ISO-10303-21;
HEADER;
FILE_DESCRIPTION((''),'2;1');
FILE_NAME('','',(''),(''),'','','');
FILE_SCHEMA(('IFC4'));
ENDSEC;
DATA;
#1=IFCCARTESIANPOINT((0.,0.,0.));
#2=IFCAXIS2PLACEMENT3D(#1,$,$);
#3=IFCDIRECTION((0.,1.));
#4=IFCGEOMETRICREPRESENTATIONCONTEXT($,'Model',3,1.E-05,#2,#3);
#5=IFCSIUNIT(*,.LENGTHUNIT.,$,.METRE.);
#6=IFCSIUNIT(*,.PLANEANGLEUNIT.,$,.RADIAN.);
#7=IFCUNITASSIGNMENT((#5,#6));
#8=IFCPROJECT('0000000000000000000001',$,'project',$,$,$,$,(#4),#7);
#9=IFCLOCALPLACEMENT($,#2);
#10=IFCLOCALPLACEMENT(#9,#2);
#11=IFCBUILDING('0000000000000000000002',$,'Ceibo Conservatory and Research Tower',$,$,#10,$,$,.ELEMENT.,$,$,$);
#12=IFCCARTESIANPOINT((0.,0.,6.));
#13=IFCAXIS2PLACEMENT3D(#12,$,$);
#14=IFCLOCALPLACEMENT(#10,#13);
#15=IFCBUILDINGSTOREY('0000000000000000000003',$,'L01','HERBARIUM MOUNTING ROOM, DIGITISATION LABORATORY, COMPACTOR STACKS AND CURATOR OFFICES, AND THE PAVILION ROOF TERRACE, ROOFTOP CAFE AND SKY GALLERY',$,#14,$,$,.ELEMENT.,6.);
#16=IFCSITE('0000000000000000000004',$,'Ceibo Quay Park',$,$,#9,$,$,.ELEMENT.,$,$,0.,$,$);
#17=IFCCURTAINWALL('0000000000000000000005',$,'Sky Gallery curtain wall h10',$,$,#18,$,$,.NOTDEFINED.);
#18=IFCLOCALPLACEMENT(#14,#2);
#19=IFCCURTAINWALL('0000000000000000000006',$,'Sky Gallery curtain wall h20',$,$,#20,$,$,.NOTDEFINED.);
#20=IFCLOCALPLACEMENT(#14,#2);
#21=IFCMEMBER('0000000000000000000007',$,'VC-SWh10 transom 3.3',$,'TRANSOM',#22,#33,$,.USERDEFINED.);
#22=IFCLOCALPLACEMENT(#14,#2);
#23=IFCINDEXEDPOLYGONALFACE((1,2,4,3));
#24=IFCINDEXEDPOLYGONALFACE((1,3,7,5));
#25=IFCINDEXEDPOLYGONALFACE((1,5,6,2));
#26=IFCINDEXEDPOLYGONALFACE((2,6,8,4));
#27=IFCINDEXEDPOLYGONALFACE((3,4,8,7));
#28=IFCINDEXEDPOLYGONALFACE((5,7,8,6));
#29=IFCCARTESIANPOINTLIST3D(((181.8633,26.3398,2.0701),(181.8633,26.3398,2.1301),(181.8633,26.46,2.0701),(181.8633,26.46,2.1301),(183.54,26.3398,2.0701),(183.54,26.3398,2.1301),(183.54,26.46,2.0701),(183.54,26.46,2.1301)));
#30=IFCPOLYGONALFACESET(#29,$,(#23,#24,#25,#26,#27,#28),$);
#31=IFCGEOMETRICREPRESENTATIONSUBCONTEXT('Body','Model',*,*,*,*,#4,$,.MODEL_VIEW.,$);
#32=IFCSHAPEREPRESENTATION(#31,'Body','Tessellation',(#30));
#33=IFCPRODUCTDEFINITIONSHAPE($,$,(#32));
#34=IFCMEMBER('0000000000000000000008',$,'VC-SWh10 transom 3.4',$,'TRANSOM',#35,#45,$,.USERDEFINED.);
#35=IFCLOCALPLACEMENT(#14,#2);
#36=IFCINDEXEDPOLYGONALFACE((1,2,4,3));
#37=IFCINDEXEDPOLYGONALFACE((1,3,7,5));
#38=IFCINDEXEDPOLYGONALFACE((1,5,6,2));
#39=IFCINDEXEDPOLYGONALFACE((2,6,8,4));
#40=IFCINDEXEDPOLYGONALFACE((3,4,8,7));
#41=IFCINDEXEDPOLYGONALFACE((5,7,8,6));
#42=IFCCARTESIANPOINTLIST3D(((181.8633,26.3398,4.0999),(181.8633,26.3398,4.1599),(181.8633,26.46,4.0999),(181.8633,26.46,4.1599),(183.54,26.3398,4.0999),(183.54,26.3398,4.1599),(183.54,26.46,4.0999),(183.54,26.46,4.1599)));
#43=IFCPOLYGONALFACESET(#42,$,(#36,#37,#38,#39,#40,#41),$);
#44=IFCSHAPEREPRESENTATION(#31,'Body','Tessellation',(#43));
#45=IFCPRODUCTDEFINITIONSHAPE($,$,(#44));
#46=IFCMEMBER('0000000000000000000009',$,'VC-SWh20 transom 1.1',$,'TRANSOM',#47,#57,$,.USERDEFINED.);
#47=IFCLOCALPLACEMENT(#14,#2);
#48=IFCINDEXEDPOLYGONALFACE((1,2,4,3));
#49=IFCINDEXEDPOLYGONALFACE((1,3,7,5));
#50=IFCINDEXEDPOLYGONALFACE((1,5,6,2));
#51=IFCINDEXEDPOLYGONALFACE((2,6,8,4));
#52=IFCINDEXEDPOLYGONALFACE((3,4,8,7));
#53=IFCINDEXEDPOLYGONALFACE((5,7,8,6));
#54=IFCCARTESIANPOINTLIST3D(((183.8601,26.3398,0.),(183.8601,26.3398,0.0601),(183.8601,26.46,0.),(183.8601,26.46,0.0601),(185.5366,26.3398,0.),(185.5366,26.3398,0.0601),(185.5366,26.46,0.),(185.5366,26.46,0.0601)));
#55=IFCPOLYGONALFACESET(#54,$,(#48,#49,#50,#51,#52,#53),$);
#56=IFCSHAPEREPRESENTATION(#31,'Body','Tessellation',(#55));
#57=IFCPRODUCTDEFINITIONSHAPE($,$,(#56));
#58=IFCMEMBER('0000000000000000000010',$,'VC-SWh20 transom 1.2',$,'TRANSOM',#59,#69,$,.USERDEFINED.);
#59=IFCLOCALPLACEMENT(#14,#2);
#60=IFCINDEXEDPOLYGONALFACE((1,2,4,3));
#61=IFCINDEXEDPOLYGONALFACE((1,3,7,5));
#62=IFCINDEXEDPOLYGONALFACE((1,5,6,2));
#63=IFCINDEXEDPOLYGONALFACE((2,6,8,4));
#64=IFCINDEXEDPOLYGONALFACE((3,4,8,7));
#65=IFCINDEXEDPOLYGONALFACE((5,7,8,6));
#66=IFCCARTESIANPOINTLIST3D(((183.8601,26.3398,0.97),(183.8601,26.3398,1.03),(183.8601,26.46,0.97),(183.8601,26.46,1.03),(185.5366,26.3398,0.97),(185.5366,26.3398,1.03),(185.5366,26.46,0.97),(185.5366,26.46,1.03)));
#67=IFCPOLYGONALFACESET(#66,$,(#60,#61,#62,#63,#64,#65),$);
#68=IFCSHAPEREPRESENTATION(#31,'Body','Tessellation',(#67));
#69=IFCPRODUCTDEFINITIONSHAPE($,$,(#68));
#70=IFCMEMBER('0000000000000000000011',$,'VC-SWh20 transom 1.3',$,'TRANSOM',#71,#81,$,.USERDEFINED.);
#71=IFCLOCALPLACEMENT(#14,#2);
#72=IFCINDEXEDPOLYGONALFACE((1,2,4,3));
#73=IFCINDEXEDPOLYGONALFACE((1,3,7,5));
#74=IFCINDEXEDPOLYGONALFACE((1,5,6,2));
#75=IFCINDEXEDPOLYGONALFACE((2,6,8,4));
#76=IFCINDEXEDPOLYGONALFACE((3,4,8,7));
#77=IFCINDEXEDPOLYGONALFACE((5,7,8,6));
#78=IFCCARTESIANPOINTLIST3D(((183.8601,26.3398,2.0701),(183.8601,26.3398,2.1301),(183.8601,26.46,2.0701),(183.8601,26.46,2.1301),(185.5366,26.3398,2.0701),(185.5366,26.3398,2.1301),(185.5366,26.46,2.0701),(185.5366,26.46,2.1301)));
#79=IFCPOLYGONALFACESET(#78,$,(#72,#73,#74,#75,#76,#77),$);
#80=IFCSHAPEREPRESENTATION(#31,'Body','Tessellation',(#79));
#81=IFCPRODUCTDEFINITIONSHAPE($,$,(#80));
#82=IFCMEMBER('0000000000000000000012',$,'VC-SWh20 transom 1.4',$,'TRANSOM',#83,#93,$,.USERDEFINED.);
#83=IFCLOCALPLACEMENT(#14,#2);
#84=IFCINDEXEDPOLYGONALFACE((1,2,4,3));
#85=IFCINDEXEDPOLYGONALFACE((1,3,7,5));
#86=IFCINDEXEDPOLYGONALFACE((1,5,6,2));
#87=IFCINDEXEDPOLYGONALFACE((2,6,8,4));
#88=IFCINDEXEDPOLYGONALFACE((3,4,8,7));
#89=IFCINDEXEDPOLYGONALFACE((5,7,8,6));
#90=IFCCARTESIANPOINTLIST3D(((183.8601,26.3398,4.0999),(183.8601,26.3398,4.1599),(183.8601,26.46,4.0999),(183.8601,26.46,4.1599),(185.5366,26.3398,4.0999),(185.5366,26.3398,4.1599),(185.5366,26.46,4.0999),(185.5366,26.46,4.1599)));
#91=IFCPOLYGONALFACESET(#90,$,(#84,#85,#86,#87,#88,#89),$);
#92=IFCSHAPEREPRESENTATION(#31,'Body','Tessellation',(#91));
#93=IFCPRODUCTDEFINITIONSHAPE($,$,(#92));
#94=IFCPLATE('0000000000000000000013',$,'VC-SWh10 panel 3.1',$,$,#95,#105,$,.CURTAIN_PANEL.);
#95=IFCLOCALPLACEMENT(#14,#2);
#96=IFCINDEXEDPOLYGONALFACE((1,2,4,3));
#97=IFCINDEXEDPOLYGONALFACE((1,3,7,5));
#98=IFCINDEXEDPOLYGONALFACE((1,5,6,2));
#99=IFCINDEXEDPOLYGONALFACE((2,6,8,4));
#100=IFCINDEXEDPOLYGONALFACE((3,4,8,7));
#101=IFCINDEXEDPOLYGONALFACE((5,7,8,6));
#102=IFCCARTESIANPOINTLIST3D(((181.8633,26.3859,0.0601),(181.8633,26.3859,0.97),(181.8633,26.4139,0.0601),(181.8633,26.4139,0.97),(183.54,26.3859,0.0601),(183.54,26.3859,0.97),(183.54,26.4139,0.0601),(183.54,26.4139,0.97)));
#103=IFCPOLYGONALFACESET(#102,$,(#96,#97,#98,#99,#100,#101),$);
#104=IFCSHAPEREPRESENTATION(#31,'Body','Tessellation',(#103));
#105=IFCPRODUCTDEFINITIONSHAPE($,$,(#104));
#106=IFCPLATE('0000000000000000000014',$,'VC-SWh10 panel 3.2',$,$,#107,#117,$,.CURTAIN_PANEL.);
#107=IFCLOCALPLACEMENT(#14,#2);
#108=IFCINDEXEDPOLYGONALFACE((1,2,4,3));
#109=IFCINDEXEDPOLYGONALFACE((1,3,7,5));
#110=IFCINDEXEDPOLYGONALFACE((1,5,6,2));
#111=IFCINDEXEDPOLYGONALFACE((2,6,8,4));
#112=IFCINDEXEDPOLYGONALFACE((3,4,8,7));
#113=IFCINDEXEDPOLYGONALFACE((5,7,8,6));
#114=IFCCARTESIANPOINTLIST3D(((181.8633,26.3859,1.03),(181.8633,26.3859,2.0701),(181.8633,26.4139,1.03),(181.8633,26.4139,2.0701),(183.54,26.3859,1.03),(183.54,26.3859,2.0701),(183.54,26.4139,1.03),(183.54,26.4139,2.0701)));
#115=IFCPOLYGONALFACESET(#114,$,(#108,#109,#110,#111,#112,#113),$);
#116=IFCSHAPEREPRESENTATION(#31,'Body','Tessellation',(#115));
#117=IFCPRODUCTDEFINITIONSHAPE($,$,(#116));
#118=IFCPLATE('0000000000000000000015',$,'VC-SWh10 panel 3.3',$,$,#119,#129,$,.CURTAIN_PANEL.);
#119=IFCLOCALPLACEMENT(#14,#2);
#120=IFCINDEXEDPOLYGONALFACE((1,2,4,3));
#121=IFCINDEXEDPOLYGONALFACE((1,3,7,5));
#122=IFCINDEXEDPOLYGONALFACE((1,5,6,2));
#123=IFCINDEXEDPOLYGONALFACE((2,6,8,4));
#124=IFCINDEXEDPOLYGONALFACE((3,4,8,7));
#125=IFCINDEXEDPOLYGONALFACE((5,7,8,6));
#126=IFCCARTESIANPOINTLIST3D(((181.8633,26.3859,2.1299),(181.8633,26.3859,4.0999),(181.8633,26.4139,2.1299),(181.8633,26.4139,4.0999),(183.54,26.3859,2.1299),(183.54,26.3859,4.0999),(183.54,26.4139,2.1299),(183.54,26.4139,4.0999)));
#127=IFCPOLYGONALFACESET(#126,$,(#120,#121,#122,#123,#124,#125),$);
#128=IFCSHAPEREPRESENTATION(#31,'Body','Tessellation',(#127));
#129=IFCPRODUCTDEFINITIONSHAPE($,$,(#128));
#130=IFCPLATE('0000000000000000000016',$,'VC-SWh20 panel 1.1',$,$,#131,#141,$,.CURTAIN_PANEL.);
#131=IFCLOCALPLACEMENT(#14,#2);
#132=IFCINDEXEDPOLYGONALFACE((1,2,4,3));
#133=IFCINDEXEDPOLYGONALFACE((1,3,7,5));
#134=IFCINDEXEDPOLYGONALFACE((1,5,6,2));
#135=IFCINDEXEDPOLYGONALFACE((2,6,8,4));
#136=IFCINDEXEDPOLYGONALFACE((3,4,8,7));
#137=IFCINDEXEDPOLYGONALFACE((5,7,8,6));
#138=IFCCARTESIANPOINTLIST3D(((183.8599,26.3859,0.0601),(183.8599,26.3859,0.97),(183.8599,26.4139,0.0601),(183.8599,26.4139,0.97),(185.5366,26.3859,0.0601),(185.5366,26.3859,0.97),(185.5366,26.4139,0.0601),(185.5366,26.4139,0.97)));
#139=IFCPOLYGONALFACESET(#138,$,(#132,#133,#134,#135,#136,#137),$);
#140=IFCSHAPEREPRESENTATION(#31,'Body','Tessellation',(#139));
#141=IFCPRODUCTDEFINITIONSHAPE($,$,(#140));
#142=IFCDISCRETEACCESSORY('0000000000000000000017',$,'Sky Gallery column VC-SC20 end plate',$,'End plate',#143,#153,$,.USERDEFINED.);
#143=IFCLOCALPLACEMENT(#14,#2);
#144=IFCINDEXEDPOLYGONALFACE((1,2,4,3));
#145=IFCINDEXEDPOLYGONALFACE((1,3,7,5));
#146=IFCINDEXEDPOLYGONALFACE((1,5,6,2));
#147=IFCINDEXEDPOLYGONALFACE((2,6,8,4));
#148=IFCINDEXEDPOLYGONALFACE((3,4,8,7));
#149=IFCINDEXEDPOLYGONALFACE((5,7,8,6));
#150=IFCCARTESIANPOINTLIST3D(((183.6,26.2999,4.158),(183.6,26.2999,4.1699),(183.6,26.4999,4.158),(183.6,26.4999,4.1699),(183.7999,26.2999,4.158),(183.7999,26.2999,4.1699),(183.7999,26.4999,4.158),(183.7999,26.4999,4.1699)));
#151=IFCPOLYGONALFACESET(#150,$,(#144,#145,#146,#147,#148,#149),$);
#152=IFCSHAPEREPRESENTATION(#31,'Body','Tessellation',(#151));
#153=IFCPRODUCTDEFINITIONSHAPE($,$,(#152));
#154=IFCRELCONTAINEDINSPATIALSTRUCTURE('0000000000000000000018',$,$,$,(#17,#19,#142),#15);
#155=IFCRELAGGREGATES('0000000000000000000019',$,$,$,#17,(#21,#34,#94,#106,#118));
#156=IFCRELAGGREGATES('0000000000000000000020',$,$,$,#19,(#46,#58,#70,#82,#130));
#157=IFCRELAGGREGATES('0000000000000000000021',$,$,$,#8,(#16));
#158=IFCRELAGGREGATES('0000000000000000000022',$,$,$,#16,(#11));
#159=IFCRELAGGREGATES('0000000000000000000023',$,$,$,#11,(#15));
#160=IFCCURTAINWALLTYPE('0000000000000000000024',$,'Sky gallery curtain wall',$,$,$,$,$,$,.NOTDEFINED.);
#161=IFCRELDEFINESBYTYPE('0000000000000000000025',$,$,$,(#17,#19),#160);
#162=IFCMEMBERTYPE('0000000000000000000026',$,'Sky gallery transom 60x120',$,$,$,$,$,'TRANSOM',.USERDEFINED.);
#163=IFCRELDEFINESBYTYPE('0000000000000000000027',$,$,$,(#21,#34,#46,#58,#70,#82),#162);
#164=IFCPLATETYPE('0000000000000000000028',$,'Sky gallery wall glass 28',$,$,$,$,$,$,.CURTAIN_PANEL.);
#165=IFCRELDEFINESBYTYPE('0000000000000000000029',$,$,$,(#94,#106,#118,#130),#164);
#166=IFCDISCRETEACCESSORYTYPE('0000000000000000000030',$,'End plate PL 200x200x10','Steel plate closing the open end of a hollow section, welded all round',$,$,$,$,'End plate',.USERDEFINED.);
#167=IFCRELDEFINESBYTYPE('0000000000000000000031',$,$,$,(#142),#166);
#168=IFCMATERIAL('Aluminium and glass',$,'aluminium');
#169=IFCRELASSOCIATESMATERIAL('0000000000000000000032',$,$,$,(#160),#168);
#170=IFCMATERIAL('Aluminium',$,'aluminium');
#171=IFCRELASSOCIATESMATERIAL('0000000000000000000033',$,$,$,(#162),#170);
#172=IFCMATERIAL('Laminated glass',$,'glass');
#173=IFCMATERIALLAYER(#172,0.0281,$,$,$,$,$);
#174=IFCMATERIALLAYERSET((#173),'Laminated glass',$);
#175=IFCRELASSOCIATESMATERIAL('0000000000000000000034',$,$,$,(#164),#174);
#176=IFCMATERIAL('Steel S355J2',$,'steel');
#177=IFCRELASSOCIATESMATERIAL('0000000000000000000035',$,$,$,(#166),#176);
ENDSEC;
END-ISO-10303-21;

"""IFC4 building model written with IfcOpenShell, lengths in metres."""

from ifc_helpers import new_model, si_unit, direction, frame, origin, origin_2d, place, context, subcontext, project, spatial, rectangle, extrude, material, layer, layer_set, material_profile, profile_set, type_object, element, aggregate, save


model = new_model("IFC4")

# Units and contexts
model_context = context("Model", 3, precision=1e-05, world=origin(), true_north=direction((0.0, 1.0)))
body_context = subcontext(model_context, "Body", "Model", "MODEL_VIEW")
ifc_project = project(units=[si_unit("LENGTHUNIT", "METRE"), si_unit("PLANEANGLEUNIT", "RADIAN")], contexts=[model_context])

# Site, building, storey
site_placement = place(None, origin())
site = spatial("IfcSite", under=ifc_project, at=site_placement, Name="Ceibo Quay Park", CompositionType="ELEMENT", RefElevation=0.0)
building_placement = place(site_placement, origin())
building = spatial("IfcBuilding", under=site, at=building_placement, Name="Ceibo Conservatory and Research Tower", CompositionType="ELEMENT")
storey_placement = place(building_placement, frame((0.0, 0.0, 6.0)))
storey = spatial("IfcBuildingStorey", under=building, at=storey_placement, Name="L01", Description="HERBARIUM MOUNTING ROOM, DIGITISATION LABORATORY, COMPACTOR STACKS AND CURATOR OFFICES, AND THE PAVILION ROOF TERRACE, ROOFTOP CAFE AND SKY GALLERY", CompositionType="ELEMENT", Elevation=6.0)

# Shared definitions
ifc_material_1 = material(Name="Steel S355J2", Category="steel")

# Curtain walls
ifc_material_2 = material(Name="Aluminium and glass", Category="aluminium")
curtain_wall_type_1 = type_object("IfcCurtainWallType", Name="Sky gallery curtain wall", PredefinedType="NOTDEFINED", material=ifc_material_2)
curtain_wall_1_placement = place(storey_placement, origin())
curtain_wall_1 = element("IfcCurtainWall", 1, at=curtain_wall_1_placement, inside=storey, type_object=curtain_wall_type_1, Name="Sky Gallery curtain wall h10", PredefinedType="NOTDEFINED")
ifc_material_3 = material(Name="Aluminium", Category="aluminium")
curtain_wall_2_placement = place(storey_placement, origin())
curtain_wall_2 = element("IfcCurtainWall", 2, at=curtain_wall_2_placement, inside=storey, type_object=curtain_wall_type_1, Name="Sky Gallery curtain wall h20", PredefinedType="NOTDEFINED")

# Members
ifc_material_profile_1 = material_profile(ifc_material_3, rectangle(XDim=0.1201, YDim=0.0601, at=origin_2d()), Name="AL 60x120")
ifc_profile_set_1 = profile_set([ifc_material_profile_1], Name="Aluminium")
member_type_1 = type_object("IfcMemberType", Name="Sky gallery transom 60x120", ElementType="TRANSOM", PredefinedType="USERDEFINED", material=ifc_profile_set_1)
member_1_placement = place(storey_placement, frame((181.8633, 26.3999, 2.1001), z_axis=(1.0, 0.0, 0.0), x_axis=(0.0, 1.0, 0.0)))
member_1 = element("IfcMember", 3, at=member_1_placement, type_object=member_type_1, Name="VC-SWh10 transom 3.3", ObjectType="TRANSOM", PredefinedType="USERDEFINED", context=body_context, shape_type="SweptSolid", body=[
    extrude(rectangle(XDim=0.1201, YDim=0.0601, at=origin_2d()), origin(), (0.0, 0.0, 1.0), 1.6768),
])
member_2_placement = place(storey_placement, frame((181.8633, 26.3999, 4.1299), z_axis=(1.0, 0.0, 0.0), x_axis=(0.0, 1.0, 0.0)))
member_2 = element("IfcMember", 4, at=member_2_placement, type_object=member_type_1, Name="VC-SWh10 transom 3.4", ObjectType="TRANSOM", PredefinedType="USERDEFINED", context=body_context, shape_type="SweptSolid", body=[
    extrude(rectangle(XDim=0.1201, YDim=0.0601, at=origin_2d()), origin(), (0.0, 0.0, 1.0), 1.6768),
])
member_3_placement = place(storey_placement, frame((183.8601, 26.3999, 0.03), z_axis=(1.0, 0.0, 0.0), x_axis=(0.0, 1.0, 0.0)))
member_3 = element("IfcMember", 5, at=member_3_placement, type_object=member_type_1, Name="VC-SWh20 transom 1.1", ObjectType="TRANSOM", PredefinedType="USERDEFINED", context=body_context, shape_type="SweptSolid", body=[
    extrude(rectangle(XDim=0.1201, YDim=0.0601, at=origin_2d()), origin(), (0.0, 0.0, 1.0), 1.6765),
])
member_4_placement = place(storey_placement, frame((183.8601, 26.3999, 1.0), z_axis=(1.0, 0.0, 0.0), x_axis=(0.0, 1.0, 0.0)))
member_4 = element("IfcMember", 6, at=member_4_placement, type_object=member_type_1, Name="VC-SWh20 transom 1.2", ObjectType="TRANSOM", PredefinedType="USERDEFINED", context=body_context, shape_type="SweptSolid", body=[
    extrude(rectangle(XDim=0.1201, YDim=0.0601, at=origin_2d()), origin(), (0.0, 0.0, 1.0), 1.6765),
])
member_5_placement = place(storey_placement, frame((183.8601, 26.3999, 2.1001), z_axis=(1.0, 0.0, 0.0), x_axis=(0.0, 1.0, 0.0)))
member_5 = element("IfcMember", 7, at=member_5_placement, type_object=member_type_1, Name="VC-SWh20 transom 1.3", ObjectType="TRANSOM", PredefinedType="USERDEFINED", context=body_context, shape_type="SweptSolid", body=[
    extrude(rectangle(XDim=0.1201, YDim=0.0601, at=origin_2d()), origin(), (0.0, 0.0, 1.0), 1.6765),
])
member_6_placement = place(storey_placement, frame((183.8601, 26.3999, 4.1299), z_axis=(1.0, 0.0, 0.0), x_axis=(0.0, 1.0, 0.0)))
member_6 = element("IfcMember", 8, at=member_6_placement, type_object=member_type_1, Name="VC-SWh20 transom 1.4", ObjectType="TRANSOM", PredefinedType="USERDEFINED", context=body_context, shape_type="SweptSolid", body=[
    extrude(rectangle(XDim=0.1201, YDim=0.0601, at=origin_2d()), origin(), (0.0, 0.0, 1.0), 1.6765),
])

# Plates
ifc_material_4 = material(Name="Laminated glass", Category="glass")
ifc_layer = layer(ifc_material_4, 0.0281)
ifc_layer_set = layer_set([ifc_layer], Name="Laminated glass")
plate_type = type_object("IfcPlateType", Name="Sky gallery wall glass 28", PredefinedType="CURTAIN_PANEL", material=ifc_layer_set)
plate_1_placement = place(storey_placement, frame((182.7017, 26.3999, 0.0601), z_axis=(0.0, 0.0, 1.0), x_axis=(1.0, 0.0, 0.0)))
plate_1 = element("IfcPlate", 9, at=plate_1_placement, type_object=plate_type, Name="VC-SWh10 panel 3.1", PredefinedType="CURTAIN_PANEL", context=body_context, shape_type="SweptSolid", body=[
    extrude(rectangle(XDim=1.6768, YDim=0.0281, at=origin_2d()), origin(), (0.0, 0.0, 1.0), 0.9099),
])
plate_2_placement = place(storey_placement, frame((182.7017, 26.3999, 1.03), z_axis=(0.0, 0.0, 1.0), x_axis=(1.0, 0.0, 0.0)))
plate_2 = element("IfcPlate", 10, at=plate_2_placement, type_object=plate_type, Name="VC-SWh10 panel 3.2", PredefinedType="CURTAIN_PANEL", context=body_context, shape_type="SweptSolid", body=[
    extrude(rectangle(XDim=1.6768, YDim=0.0281, at=origin_2d()), origin(), (0.0, 0.0, 1.0), 1.04),
])
plate_3_placement = place(storey_placement, frame((182.7017, 26.3999, 2.1299), z_axis=(0.0, 0.0, 1.0), x_axis=(1.0, 0.0, 0.0)))
plate_3 = element("IfcPlate", 11, at=plate_3_placement, type_object=plate_type, Name="VC-SWh10 panel 3.3", PredefinedType="CURTAIN_PANEL", context=body_context, shape_type="SweptSolid", body=[
    extrude(rectangle(XDim=1.6768, YDim=0.0281, at=origin_2d()), origin(), (0.0, 0.0, 1.0), 1.97),
])
aggregate(curtain_wall_1, [member_1, member_2, plate_1, plate_2, plate_3])
plate_4_placement = place(storey_placement, frame((184.6982, 26.3999, 0.0601), z_axis=(0.0, 0.0, 1.0), x_axis=(1.0, 0.0, 0.0)))
plate_4 = element("IfcPlate", 12, at=plate_4_placement, type_object=plate_type, Name="VC-SWh20 panel 1.1", PredefinedType="CURTAIN_PANEL", context=body_context, shape_type="SweptSolid", body=[
    extrude(rectangle(XDim=1.6768, YDim=0.0281, at=origin_2d()), origin(), (0.0, 0.0, 1.0), 0.9099),
])
aggregate(curtain_wall_2, [member_3, member_4, member_5, member_6, plate_4])

# Discrete accessory
ifc_material_profile_2 = material_profile(ifc_material_1, rectangle(XDim=0.2, YDim=0.2, at=origin_2d()), Name="End plate PL 200x200x10")
ifc_profile_set_2 = profile_set([ifc_material_profile_2], Name="Steel S355J2")
discrete_accessory_type = type_object("IfcDiscreteAccessoryType", Name="End plate PL 200x200x10", Description="Steel plate closing the open end of a hollow section, welded all round", ElementType="End plate", PredefinedType="USERDEFINED", material=ifc_profile_set_2)
discrete_accessory_placement = place(storey_placement, frame((183.7, 26.3999, 4.158), z_axis=(0.0, 0.0, 1.0), x_axis=(1.0, 0.0, 0.0)))
element("IfcDiscreteAccessory", 13, at=discrete_accessory_placement, inside=storey, type_object=discrete_accessory_type, Name="Sky Gallery column VC-SC20 end plate", ObjectType="End plate", PredefinedType="USERDEFINED", context=body_context, shape_type="SweptSolid", body=[
    extrude(rectangle(XDim=0.2, YDim=0.2, at=origin_2d()), origin(), (0.0, 0.0, 1.0), 0.012),
])

save(model, "model.ifc")
